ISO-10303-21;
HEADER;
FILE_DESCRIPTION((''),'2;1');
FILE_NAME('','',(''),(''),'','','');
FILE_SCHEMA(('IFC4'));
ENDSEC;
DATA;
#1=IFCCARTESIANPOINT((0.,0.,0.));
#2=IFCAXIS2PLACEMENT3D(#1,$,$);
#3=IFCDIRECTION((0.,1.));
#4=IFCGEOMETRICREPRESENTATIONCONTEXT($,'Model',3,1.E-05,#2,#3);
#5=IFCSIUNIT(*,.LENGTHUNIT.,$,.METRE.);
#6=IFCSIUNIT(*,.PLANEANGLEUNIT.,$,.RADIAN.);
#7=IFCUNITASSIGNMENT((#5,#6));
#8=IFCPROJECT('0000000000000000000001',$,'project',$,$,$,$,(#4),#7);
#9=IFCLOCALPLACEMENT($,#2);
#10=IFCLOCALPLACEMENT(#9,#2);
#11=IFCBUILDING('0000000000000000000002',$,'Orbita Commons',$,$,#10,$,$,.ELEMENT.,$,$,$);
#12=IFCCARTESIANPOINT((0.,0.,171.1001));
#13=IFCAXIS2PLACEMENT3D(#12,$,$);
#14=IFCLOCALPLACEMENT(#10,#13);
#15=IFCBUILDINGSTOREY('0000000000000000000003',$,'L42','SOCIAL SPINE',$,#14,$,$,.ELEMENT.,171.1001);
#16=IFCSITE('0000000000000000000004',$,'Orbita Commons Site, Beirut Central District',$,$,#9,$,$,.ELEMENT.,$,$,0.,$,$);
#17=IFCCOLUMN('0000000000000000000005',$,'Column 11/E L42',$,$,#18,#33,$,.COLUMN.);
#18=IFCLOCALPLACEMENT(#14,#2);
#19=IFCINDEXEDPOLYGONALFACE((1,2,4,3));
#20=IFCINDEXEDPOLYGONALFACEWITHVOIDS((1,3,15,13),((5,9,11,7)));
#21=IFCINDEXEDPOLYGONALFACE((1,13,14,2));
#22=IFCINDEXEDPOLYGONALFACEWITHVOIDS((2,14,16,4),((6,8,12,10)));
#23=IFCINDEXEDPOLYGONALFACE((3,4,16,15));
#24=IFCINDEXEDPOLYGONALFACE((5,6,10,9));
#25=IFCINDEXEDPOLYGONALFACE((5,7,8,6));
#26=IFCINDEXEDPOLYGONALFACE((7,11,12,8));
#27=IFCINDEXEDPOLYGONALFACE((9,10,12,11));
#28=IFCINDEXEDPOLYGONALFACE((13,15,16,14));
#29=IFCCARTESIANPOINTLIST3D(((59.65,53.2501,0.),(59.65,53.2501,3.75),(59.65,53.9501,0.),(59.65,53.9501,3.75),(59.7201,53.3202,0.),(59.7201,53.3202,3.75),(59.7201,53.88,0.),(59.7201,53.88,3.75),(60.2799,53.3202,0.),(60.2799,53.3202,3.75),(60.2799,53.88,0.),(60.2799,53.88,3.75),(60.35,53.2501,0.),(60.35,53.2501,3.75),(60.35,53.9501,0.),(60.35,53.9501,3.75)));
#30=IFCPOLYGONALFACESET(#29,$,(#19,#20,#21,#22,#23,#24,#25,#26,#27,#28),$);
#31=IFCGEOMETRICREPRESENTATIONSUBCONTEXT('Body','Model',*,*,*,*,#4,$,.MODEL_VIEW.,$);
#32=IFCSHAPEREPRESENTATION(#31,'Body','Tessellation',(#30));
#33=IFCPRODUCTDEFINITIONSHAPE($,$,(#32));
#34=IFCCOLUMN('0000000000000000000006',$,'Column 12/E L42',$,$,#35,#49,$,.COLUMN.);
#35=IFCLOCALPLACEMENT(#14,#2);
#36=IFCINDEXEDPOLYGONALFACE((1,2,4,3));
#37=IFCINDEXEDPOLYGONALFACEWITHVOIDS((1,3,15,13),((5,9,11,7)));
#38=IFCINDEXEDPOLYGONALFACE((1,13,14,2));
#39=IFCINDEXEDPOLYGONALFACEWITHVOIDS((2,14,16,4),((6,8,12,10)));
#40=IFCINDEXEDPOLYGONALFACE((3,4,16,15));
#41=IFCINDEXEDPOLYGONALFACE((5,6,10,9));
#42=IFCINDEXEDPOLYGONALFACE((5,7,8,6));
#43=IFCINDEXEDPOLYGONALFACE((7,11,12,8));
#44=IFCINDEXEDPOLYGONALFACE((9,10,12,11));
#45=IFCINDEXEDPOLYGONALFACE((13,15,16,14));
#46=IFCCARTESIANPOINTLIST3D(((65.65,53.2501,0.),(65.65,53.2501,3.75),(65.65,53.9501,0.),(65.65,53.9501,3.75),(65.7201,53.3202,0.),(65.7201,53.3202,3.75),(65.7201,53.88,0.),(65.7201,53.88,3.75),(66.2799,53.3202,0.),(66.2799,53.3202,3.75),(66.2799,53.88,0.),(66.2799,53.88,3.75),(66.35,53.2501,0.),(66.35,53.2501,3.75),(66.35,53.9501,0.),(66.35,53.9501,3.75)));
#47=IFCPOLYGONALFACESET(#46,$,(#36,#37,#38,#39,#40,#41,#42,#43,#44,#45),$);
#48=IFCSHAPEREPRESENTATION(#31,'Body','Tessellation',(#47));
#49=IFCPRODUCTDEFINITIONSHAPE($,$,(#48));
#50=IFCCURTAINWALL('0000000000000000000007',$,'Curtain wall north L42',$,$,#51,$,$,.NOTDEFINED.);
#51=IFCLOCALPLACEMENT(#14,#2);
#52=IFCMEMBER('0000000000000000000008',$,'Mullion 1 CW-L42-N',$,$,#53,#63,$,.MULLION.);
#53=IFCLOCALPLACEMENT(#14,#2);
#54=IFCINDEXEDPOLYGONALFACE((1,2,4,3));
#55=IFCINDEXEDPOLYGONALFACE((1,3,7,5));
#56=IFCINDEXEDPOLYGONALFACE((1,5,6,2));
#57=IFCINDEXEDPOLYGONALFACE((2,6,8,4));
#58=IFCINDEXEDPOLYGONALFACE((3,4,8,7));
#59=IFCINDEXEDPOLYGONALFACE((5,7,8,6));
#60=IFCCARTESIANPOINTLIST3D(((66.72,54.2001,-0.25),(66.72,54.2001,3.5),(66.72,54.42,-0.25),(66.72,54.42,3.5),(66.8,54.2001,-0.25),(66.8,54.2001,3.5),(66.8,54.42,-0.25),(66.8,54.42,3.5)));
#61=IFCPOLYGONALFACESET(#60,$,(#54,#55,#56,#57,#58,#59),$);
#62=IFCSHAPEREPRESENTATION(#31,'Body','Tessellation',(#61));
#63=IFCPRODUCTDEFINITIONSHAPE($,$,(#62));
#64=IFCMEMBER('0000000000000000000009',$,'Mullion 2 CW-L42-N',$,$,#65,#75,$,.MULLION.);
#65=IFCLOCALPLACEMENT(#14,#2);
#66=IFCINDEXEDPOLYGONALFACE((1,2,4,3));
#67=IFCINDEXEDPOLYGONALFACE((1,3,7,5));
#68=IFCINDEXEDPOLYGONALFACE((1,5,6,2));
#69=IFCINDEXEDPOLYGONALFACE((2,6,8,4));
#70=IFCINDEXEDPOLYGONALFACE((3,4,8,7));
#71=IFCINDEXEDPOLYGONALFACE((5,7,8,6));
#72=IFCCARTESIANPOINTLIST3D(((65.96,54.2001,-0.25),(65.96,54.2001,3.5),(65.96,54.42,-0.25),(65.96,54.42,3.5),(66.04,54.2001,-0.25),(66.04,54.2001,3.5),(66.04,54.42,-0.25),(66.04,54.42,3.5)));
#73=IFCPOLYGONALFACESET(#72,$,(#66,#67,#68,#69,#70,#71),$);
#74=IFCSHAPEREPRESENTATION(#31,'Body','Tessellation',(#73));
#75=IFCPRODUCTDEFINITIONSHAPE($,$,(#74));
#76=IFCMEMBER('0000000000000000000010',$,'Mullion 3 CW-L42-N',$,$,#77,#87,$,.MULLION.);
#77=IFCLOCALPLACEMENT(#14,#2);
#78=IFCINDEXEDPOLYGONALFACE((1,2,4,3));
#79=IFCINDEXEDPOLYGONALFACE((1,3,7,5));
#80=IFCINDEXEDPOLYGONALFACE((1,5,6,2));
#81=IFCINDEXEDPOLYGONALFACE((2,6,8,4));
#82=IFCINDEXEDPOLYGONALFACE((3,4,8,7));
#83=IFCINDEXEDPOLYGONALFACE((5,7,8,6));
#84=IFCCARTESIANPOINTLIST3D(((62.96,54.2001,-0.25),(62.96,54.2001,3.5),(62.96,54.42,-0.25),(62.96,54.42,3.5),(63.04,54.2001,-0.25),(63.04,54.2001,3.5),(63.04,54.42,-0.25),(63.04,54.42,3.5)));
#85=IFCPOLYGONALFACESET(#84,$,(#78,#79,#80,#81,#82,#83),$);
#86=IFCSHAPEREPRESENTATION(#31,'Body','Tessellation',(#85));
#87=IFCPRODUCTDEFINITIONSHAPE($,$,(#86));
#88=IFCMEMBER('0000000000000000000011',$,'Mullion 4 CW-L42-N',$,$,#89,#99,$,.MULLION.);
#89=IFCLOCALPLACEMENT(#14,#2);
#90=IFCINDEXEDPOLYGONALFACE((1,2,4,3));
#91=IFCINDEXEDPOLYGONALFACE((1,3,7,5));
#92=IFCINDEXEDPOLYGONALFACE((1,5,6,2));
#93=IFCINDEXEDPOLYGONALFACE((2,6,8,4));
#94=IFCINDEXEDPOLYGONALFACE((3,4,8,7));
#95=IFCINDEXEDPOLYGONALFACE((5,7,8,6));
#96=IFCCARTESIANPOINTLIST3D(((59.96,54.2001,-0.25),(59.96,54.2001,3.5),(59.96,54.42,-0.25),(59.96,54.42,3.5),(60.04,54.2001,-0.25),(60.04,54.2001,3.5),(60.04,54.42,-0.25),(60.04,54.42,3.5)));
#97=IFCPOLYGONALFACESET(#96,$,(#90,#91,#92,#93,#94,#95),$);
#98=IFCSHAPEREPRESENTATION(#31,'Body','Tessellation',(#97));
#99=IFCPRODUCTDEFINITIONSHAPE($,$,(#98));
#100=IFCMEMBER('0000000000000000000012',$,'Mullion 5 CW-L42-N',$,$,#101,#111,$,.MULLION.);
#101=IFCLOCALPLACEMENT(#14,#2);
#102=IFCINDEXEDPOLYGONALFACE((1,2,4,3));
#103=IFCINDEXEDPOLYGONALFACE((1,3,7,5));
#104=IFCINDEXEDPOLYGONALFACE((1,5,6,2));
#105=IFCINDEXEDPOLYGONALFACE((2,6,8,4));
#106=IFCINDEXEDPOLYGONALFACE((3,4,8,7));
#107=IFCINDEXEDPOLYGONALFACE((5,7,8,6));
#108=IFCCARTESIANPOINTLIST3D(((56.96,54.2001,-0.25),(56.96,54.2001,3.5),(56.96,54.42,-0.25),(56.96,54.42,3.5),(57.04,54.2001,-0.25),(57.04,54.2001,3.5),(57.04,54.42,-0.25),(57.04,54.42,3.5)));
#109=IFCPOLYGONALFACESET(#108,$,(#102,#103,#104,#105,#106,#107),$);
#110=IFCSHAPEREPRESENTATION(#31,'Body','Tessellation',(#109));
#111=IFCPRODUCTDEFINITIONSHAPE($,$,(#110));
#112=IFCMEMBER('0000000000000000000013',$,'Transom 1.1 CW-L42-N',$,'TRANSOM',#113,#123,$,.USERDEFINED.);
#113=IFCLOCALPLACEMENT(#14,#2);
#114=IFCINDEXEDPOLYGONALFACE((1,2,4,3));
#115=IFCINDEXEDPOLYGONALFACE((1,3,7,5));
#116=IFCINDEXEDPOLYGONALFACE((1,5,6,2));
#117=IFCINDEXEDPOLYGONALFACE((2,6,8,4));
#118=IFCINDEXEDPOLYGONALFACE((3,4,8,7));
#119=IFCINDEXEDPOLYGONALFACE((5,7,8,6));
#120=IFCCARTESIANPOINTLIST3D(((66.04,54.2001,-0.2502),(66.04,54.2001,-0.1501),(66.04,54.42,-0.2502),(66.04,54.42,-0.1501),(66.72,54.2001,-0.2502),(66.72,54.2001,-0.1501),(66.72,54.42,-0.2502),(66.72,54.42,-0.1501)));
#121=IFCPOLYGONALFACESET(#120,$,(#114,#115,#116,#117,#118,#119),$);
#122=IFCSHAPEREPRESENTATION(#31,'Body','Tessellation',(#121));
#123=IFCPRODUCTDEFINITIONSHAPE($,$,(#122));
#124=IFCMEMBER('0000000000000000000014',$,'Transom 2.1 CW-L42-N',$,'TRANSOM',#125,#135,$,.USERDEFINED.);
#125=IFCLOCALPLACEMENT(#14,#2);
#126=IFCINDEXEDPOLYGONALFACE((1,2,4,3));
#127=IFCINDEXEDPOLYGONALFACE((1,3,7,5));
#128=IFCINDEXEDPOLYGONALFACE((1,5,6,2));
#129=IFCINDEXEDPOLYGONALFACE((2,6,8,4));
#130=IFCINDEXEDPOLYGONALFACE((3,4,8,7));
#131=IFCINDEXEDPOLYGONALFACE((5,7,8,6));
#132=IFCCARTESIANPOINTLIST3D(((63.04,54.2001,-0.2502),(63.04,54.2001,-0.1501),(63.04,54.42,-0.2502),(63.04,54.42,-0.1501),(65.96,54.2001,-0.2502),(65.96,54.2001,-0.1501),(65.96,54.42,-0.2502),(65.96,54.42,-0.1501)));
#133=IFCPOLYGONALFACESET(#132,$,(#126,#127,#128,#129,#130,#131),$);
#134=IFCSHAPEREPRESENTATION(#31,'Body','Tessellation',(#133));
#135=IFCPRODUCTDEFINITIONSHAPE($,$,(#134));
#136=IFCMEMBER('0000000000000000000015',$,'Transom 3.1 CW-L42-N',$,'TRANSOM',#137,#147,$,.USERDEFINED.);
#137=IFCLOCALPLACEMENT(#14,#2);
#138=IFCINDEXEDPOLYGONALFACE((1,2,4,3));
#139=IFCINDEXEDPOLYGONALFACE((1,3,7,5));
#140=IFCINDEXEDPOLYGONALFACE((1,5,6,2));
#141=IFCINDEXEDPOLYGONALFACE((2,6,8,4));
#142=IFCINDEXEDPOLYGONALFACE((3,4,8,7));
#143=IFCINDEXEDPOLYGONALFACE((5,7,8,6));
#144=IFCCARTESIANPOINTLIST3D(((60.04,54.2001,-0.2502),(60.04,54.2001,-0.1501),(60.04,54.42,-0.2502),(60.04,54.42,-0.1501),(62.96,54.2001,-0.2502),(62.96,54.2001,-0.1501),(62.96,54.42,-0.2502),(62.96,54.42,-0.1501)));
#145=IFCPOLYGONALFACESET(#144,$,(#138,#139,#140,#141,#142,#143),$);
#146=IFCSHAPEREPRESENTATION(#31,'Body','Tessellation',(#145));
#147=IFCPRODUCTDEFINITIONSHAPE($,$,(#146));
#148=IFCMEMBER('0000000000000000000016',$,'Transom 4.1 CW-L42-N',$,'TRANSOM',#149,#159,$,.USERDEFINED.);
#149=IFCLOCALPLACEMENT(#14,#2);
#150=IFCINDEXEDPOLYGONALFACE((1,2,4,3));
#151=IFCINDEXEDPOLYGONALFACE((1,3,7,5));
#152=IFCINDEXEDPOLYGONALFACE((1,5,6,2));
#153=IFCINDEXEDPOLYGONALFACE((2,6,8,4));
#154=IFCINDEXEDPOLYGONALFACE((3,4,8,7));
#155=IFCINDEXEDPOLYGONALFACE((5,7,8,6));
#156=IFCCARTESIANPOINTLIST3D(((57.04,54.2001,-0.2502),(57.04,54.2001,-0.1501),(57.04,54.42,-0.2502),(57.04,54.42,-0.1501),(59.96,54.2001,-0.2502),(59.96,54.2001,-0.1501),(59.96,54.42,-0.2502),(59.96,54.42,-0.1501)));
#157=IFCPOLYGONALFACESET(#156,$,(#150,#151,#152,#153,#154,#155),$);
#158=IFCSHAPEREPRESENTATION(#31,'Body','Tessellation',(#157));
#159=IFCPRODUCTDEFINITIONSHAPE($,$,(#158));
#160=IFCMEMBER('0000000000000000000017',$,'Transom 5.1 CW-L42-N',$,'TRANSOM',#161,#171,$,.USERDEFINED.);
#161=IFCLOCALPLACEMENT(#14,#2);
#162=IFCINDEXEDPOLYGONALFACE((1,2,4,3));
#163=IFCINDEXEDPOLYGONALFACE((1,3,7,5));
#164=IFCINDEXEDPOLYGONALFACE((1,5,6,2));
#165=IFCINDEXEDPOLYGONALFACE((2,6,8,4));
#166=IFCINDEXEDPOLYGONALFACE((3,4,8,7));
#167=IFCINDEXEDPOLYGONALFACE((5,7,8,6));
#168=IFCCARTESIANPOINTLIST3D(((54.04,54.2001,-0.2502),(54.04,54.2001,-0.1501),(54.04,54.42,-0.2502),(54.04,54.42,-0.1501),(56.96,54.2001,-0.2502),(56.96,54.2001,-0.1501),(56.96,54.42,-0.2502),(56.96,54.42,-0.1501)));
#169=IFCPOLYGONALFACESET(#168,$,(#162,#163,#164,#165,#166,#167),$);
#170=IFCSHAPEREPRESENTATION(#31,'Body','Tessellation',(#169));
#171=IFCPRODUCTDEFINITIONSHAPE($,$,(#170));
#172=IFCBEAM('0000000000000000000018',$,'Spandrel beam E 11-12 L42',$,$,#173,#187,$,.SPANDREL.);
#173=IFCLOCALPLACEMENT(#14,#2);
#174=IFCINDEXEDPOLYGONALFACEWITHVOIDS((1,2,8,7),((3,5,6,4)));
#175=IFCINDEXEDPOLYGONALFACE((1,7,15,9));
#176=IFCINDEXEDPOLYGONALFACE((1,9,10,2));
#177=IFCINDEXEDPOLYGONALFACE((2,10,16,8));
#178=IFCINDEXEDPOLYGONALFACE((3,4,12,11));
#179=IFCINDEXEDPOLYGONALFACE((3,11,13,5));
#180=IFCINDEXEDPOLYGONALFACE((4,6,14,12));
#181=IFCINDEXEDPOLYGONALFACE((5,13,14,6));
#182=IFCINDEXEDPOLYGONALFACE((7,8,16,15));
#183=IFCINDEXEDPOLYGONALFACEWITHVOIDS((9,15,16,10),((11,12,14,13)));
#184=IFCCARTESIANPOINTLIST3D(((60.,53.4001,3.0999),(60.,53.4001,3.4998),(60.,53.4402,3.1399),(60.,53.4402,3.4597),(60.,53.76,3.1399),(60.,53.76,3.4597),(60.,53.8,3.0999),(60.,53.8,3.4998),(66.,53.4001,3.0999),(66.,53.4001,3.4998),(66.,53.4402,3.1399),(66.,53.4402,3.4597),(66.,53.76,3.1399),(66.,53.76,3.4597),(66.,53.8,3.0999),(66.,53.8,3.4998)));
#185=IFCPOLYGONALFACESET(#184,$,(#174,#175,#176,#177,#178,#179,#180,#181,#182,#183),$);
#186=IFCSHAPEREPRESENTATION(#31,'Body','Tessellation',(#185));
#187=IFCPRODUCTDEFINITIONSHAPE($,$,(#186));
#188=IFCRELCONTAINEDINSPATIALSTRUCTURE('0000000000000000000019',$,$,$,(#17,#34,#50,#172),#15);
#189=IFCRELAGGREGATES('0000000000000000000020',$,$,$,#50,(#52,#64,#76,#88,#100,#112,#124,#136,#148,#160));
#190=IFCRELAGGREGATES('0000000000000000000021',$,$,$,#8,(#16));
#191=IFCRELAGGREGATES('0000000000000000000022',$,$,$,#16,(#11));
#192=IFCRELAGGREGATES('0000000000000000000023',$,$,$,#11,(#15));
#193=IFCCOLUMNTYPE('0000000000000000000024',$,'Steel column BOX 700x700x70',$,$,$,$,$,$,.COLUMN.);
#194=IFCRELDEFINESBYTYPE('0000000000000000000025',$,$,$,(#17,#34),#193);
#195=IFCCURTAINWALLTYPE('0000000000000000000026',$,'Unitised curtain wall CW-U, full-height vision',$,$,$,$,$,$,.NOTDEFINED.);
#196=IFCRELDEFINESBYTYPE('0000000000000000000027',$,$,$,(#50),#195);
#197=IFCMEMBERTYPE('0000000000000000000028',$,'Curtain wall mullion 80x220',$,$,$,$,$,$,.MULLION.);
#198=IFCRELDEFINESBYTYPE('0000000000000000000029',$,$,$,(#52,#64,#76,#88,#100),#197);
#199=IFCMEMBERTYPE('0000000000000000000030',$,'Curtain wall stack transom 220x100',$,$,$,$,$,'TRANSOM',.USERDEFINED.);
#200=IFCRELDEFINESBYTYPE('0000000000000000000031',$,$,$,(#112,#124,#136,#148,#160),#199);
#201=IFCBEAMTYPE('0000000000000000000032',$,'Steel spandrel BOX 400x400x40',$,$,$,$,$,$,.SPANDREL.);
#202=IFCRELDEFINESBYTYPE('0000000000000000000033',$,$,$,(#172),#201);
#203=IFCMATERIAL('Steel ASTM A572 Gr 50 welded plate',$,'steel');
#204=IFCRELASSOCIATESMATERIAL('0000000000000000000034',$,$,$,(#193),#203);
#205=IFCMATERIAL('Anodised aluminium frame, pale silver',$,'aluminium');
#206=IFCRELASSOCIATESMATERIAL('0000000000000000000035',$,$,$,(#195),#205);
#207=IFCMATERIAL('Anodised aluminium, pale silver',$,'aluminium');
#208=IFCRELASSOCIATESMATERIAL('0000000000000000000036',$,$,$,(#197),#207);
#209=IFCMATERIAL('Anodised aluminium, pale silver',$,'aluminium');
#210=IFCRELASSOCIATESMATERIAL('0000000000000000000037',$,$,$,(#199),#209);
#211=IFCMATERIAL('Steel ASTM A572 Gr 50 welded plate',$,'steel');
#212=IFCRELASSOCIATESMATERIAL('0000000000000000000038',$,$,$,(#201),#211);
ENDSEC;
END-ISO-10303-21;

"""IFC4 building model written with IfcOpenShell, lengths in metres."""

from ifc_helpers import new_model, si_unit, direction, frame, origin, origin_2d, place, context, subcontext, project, spatial, rectangle, hollow_rectangle, extrude, material, material_profile, profile_set, type_object, element, aggregate, save


model = new_model("IFC4")

# Units and contexts
model_context = context("Model", 3, precision=1e-05, world=origin(), true_north=direction((0.0, 1.0)))
body_context = subcontext(model_context, "Body", "Model", "MODEL_VIEW")
ifc_project = project(units=[si_unit("LENGTHUNIT", "METRE"), si_unit("PLANEANGLEUNIT", "RADIAN")], contexts=[model_context])

# Site, building, storey
site_placement = place(None, origin())
site = spatial("IfcSite", under=ifc_project, at=site_placement, Name="Orbita Commons Site, Beirut Central District", CompositionType="ELEMENT", RefElevation=0.0)
building_placement = place(site_placement, origin())
building = spatial("IfcBuilding", under=site, at=building_placement, Name="Orbita Commons", CompositionType="ELEMENT")
storey_placement = place(building_placement, frame((0.0, 0.0, 171.1001)))
storey = spatial("IfcBuildingStorey", under=building, at=storey_placement, Name="L42", Description="SOCIAL SPINE", CompositionType="ELEMENT", Elevation=171.1001)

# Columns
ifc_material_1 = material(Name="Steel ASTM A572 Gr 50 welded plate", Category="steel")
ifc_material_profile_1 = material_profile(ifc_material_1, hollow_rectangle(XDim=0.7, YDim=0.7, WallThickness=0.0701, at=origin_2d()), Name="BOX 700x700x70")
ifc_profile_set_1 = profile_set([ifc_material_profile_1], Name="Steel ASTM A572 Gr 50 welded plate")
column_type = type_object("IfcColumnType", Name="Steel column BOX 700x700x70", PredefinedType="COLUMN", material=ifc_profile_set_1)
for number, where, z_axis, x_axis, name in (
    (1, (60.0, 53.6001, 0.0), (0.0, 0.0, 1.0), (1.0, 0.0, 0.0), "Column 11/E L42"),
    (2, (66.0, 53.6001, 0.0), (0.0, 0.0, 1.0), (1.0, 0.0, 0.0), "Column 12/E L42"),
):
    element("IfcColumn", number, at=place(storey_placement, frame(where, z_axis=z_axis, x_axis=x_axis)), inside=storey, type_object=column_type, Name=name, PredefinedType="COLUMN", context=body_context, shape_type="SweptSolid", body=[
        extrude(hollow_rectangle(XDim=0.7, YDim=0.7, WallThickness=0.0701, at=origin_2d()), origin(), (0.0, 0.0, 1.0), 3.75),
    ])

# Curtain wall, members
ifc_material_2 = material(Name="Anodised aluminium frame, pale silver", Category="aluminium")
curtain_wall_type = type_object("IfcCurtainWallType", Name="Unitised curtain wall CW-U, full-height vision", PredefinedType="NOTDEFINED", material=ifc_material_2)
curtain_wall_placement = place(storey_placement, origin())
curtain_wall = element("IfcCurtainWall", 3, at=curtain_wall_placement, inside=storey, type_object=curtain_wall_type, Name="Curtain wall north L42", PredefinedType="NOTDEFINED")
ifc_material_3 = material(Name="Anodised aluminium, pale silver", Category="aluminium")
ifc_material_profile_2 = material_profile(ifc_material_3, rectangle(XDim=0.0801, YDim=0.22, at=origin_2d()), Name="AL 80x220")
ifc_profile_set_2 = profile_set([ifc_material_profile_2], Name="Anodised aluminium, pale silver")
member_type_1 = type_object("IfcMemberType", Name="Curtain wall mullion 80x220", PredefinedType="MULLION", material=ifc_profile_set_2)
member_1_placement = place(storey_placement, frame((66.76, 54.3101, -0.25), z_axis=(0.0, 0.0, 1.0), x_axis=(-1.0, 0.0, 0.0)))
member_1 = element("IfcMember", 4, at=member_1_placement, type_object=member_type_1, Name="Mullion 1 CW-L42-N", PredefinedType="MULLION", context=body_context, shape_type="SweptSolid", body=[
    extrude(rectangle(XDim=0.0801, YDim=0.22, at=origin_2d()), origin(), (0.0, 0.0, 1.0), 3.75),
])
member_2_placement = place(storey_placement, frame((66.0, 54.3101, -0.25), z_axis=(0.0, 0.0, 1.0), x_axis=(-1.0, 0.0, 0.0)))
member_2 = element("IfcMember", 5, at=member_2_placement, type_object=member_type_1, Name="Mullion 2 CW-L42-N", PredefinedType="MULLION", context=body_context, shape_type="SweptSolid", body=[
    extrude(rectangle(XDim=0.0801, YDim=0.22, at=origin_2d()), origin(), (0.0, 0.0, 1.0), 3.75),
])
member_3_placement = place(storey_placement, frame((63.0, 54.3101, -0.25), z_axis=(0.0, 0.0, 1.0), x_axis=(-1.0, 0.0, 0.0)))
member_3 = element("IfcMember", 6, at=member_3_placement, type_object=member_type_1, Name="Mullion 3 CW-L42-N", PredefinedType="MULLION", context=body_context, shape_type="SweptSolid", body=[
    extrude(rectangle(XDim=0.0801, YDim=0.22, at=origin_2d()), origin(), (0.0, 0.0, 1.0), 3.75),
])
member_4_placement = place(storey_placement, frame((60.0, 54.3101, -0.25), z_axis=(0.0, 0.0, 1.0), x_axis=(-1.0, 0.0, 0.0)))
member_4 = element("IfcMember", 7, at=member_4_placement, type_object=member_type_1, Name="Mullion 4 CW-L42-N", PredefinedType="MULLION", context=body_context, shape_type="SweptSolid", body=[
    extrude(rectangle(XDim=0.0801, YDim=0.22, at=origin_2d()), origin(), (0.0, 0.0, 1.0), 3.75),
])
member_5_placement = place(storey_placement, frame((57.0, 54.3101, -0.25), z_axis=(0.0, 0.0, 1.0), x_axis=(-1.0, 0.0, 0.0)))
member_5 = element("IfcMember", 8, at=member_5_placement, type_object=member_type_1, Name="Mullion 5 CW-L42-N", PredefinedType="MULLION", context=body_context, shape_type="SweptSolid", body=[
    extrude(rectangle(XDim=0.0801, YDim=0.22, at=origin_2d()), origin(), (0.0, 0.0, 1.0), 3.75),
])
ifc_material_4 = material(Name="Anodised aluminium, pale silver", Category="aluminium")
ifc_material_profile_3 = material_profile(ifc_material_4, rectangle(XDim=0.22, YDim=0.1001, at=origin_2d()), Name="AL 220x100")
ifc_profile_set_3 = profile_set([ifc_material_profile_3], Name="Anodised aluminium, pale silver")
member_type_2 = type_object("IfcMemberType", Name="Curtain wall stack transom 220x100", ElementType="TRANSOM", PredefinedType="USERDEFINED", material=ifc_profile_set_3)
member_6_placement = place(storey_placement, frame((66.72, 54.3101, -0.2002), z_axis=(-1.0, 0.0, 0.0), x_axis=(0.0, -1.0, 0.0)))
member_6 = element("IfcMember", 9, at=member_6_placement, type_object=member_type_2, Name="Transom 1.1 CW-L42-N", ObjectType="TRANSOM", PredefinedType="USERDEFINED", context=body_context, shape_type="SweptSolid", body=[
    extrude(rectangle(XDim=0.22, YDim=0.1001, at=origin_2d()), origin(), (0.0, 0.0, 1.0), 0.6799),
])
member_7_placement = place(storey_placement, frame((65.96, 54.3101, -0.2002), z_axis=(-1.0, 0.0, 0.0), x_axis=(0.0, -1.0, 0.0)))
member_7 = element("IfcMember", 10, at=member_7_placement, type_object=member_type_2, Name="Transom 2.1 CW-L42-N", ObjectType="TRANSOM", PredefinedType="USERDEFINED", context=body_context, shape_type="SweptSolid", body=[
    extrude(rectangle(XDim=0.22, YDim=0.1001, at=origin_2d()), origin(), (0.0, 0.0, 1.0), 2.9199),
])
member_8_placement = place(storey_placement, frame((62.96, 54.3101, -0.2002), z_axis=(-1.0, 0.0, 0.0), x_axis=(0.0, -1.0, 0.0)))
member_8 = element("IfcMember", 11, at=member_8_placement, type_object=member_type_2, Name="Transom 3.1 CW-L42-N", ObjectType="TRANSOM", PredefinedType="USERDEFINED", context=body_context, shape_type="SweptSolid", body=[
    extrude(rectangle(XDim=0.22, YDim=0.1001, at=origin_2d()), origin(), (0.0, 0.0, 1.0), 2.9199),
])
member_9_placement = place(storey_placement, frame((59.96, 54.3101, -0.2002), z_axis=(-1.0, 0.0, 0.0), x_axis=(0.0, -1.0, 0.0)))
member_9 = element("IfcMember", 12, at=member_9_placement, type_object=member_type_2, Name="Transom 4.1 CW-L42-N", ObjectType="TRANSOM", PredefinedType="USERDEFINED", context=body_context, shape_type="SweptSolid", body=[
    extrude(rectangle(XDim=0.22, YDim=0.1001, at=origin_2d()), origin(), (0.0, 0.0, 1.0), 2.9199),
])
member_10_placement = place(storey_placement, frame((56.96, 54.3101, -0.2002), z_axis=(-1.0, 0.0, 0.0), x_axis=(0.0, -1.0, 0.0)))
member_10 = element("IfcMember", 13, at=member_10_placement, type_object=member_type_2, Name="Transom 5.1 CW-L42-N", ObjectType="TRANSOM", PredefinedType="USERDEFINED", context=body_context, shape_type="SweptSolid", body=[
    extrude(rectangle(XDim=0.22, YDim=0.1001, at=origin_2d()), origin(), (0.0, 0.0, 1.0), 2.9199),
])

# Beam
ifc_material_5 = material(Name="Steel ASTM A572 Gr 50 welded plate", Category="steel")
ifc_material_profile_4 = material_profile(ifc_material_5, hollow_rectangle(XDim=0.3999, YDim=0.3999, WallThickness=0.04, at=origin_2d()), Name="BOX 400x400x40")
ifc_profile_set_4 = profile_set([ifc_material_profile_4], Name="Steel ASTM A572 Gr 50 welded plate")
beam_type = type_object("IfcBeamType", Name="Steel spandrel BOX 400x400x40", PredefinedType="SPANDREL", material=ifc_profile_set_4)
beam_placement = place(storey_placement, frame((60.0, 53.6001, 3.2998), z_axis=(1.0, 0.0, 0.0), x_axis=(0.0, 1.0, 0.0)))
element("IfcBeam", 14, at=beam_placement, inside=storey, type_object=beam_type, Name="Spandrel beam E 11-12 L42", PredefinedType="SPANDREL", context=body_context, shape_type="SweptSolid", body=[
    extrude(hollow_rectangle(XDim=0.3999, YDim=0.3999, WallThickness=0.04, at=origin_2d()), origin(), (0.0, 0.0, 1.0), 6.0),
])

aggregate(curtain_wall, [member_1, member_2, member_3, member_4, member_5, member_6, member_7, member_8, member_9, member_10])

save(model, "model.ifc")
